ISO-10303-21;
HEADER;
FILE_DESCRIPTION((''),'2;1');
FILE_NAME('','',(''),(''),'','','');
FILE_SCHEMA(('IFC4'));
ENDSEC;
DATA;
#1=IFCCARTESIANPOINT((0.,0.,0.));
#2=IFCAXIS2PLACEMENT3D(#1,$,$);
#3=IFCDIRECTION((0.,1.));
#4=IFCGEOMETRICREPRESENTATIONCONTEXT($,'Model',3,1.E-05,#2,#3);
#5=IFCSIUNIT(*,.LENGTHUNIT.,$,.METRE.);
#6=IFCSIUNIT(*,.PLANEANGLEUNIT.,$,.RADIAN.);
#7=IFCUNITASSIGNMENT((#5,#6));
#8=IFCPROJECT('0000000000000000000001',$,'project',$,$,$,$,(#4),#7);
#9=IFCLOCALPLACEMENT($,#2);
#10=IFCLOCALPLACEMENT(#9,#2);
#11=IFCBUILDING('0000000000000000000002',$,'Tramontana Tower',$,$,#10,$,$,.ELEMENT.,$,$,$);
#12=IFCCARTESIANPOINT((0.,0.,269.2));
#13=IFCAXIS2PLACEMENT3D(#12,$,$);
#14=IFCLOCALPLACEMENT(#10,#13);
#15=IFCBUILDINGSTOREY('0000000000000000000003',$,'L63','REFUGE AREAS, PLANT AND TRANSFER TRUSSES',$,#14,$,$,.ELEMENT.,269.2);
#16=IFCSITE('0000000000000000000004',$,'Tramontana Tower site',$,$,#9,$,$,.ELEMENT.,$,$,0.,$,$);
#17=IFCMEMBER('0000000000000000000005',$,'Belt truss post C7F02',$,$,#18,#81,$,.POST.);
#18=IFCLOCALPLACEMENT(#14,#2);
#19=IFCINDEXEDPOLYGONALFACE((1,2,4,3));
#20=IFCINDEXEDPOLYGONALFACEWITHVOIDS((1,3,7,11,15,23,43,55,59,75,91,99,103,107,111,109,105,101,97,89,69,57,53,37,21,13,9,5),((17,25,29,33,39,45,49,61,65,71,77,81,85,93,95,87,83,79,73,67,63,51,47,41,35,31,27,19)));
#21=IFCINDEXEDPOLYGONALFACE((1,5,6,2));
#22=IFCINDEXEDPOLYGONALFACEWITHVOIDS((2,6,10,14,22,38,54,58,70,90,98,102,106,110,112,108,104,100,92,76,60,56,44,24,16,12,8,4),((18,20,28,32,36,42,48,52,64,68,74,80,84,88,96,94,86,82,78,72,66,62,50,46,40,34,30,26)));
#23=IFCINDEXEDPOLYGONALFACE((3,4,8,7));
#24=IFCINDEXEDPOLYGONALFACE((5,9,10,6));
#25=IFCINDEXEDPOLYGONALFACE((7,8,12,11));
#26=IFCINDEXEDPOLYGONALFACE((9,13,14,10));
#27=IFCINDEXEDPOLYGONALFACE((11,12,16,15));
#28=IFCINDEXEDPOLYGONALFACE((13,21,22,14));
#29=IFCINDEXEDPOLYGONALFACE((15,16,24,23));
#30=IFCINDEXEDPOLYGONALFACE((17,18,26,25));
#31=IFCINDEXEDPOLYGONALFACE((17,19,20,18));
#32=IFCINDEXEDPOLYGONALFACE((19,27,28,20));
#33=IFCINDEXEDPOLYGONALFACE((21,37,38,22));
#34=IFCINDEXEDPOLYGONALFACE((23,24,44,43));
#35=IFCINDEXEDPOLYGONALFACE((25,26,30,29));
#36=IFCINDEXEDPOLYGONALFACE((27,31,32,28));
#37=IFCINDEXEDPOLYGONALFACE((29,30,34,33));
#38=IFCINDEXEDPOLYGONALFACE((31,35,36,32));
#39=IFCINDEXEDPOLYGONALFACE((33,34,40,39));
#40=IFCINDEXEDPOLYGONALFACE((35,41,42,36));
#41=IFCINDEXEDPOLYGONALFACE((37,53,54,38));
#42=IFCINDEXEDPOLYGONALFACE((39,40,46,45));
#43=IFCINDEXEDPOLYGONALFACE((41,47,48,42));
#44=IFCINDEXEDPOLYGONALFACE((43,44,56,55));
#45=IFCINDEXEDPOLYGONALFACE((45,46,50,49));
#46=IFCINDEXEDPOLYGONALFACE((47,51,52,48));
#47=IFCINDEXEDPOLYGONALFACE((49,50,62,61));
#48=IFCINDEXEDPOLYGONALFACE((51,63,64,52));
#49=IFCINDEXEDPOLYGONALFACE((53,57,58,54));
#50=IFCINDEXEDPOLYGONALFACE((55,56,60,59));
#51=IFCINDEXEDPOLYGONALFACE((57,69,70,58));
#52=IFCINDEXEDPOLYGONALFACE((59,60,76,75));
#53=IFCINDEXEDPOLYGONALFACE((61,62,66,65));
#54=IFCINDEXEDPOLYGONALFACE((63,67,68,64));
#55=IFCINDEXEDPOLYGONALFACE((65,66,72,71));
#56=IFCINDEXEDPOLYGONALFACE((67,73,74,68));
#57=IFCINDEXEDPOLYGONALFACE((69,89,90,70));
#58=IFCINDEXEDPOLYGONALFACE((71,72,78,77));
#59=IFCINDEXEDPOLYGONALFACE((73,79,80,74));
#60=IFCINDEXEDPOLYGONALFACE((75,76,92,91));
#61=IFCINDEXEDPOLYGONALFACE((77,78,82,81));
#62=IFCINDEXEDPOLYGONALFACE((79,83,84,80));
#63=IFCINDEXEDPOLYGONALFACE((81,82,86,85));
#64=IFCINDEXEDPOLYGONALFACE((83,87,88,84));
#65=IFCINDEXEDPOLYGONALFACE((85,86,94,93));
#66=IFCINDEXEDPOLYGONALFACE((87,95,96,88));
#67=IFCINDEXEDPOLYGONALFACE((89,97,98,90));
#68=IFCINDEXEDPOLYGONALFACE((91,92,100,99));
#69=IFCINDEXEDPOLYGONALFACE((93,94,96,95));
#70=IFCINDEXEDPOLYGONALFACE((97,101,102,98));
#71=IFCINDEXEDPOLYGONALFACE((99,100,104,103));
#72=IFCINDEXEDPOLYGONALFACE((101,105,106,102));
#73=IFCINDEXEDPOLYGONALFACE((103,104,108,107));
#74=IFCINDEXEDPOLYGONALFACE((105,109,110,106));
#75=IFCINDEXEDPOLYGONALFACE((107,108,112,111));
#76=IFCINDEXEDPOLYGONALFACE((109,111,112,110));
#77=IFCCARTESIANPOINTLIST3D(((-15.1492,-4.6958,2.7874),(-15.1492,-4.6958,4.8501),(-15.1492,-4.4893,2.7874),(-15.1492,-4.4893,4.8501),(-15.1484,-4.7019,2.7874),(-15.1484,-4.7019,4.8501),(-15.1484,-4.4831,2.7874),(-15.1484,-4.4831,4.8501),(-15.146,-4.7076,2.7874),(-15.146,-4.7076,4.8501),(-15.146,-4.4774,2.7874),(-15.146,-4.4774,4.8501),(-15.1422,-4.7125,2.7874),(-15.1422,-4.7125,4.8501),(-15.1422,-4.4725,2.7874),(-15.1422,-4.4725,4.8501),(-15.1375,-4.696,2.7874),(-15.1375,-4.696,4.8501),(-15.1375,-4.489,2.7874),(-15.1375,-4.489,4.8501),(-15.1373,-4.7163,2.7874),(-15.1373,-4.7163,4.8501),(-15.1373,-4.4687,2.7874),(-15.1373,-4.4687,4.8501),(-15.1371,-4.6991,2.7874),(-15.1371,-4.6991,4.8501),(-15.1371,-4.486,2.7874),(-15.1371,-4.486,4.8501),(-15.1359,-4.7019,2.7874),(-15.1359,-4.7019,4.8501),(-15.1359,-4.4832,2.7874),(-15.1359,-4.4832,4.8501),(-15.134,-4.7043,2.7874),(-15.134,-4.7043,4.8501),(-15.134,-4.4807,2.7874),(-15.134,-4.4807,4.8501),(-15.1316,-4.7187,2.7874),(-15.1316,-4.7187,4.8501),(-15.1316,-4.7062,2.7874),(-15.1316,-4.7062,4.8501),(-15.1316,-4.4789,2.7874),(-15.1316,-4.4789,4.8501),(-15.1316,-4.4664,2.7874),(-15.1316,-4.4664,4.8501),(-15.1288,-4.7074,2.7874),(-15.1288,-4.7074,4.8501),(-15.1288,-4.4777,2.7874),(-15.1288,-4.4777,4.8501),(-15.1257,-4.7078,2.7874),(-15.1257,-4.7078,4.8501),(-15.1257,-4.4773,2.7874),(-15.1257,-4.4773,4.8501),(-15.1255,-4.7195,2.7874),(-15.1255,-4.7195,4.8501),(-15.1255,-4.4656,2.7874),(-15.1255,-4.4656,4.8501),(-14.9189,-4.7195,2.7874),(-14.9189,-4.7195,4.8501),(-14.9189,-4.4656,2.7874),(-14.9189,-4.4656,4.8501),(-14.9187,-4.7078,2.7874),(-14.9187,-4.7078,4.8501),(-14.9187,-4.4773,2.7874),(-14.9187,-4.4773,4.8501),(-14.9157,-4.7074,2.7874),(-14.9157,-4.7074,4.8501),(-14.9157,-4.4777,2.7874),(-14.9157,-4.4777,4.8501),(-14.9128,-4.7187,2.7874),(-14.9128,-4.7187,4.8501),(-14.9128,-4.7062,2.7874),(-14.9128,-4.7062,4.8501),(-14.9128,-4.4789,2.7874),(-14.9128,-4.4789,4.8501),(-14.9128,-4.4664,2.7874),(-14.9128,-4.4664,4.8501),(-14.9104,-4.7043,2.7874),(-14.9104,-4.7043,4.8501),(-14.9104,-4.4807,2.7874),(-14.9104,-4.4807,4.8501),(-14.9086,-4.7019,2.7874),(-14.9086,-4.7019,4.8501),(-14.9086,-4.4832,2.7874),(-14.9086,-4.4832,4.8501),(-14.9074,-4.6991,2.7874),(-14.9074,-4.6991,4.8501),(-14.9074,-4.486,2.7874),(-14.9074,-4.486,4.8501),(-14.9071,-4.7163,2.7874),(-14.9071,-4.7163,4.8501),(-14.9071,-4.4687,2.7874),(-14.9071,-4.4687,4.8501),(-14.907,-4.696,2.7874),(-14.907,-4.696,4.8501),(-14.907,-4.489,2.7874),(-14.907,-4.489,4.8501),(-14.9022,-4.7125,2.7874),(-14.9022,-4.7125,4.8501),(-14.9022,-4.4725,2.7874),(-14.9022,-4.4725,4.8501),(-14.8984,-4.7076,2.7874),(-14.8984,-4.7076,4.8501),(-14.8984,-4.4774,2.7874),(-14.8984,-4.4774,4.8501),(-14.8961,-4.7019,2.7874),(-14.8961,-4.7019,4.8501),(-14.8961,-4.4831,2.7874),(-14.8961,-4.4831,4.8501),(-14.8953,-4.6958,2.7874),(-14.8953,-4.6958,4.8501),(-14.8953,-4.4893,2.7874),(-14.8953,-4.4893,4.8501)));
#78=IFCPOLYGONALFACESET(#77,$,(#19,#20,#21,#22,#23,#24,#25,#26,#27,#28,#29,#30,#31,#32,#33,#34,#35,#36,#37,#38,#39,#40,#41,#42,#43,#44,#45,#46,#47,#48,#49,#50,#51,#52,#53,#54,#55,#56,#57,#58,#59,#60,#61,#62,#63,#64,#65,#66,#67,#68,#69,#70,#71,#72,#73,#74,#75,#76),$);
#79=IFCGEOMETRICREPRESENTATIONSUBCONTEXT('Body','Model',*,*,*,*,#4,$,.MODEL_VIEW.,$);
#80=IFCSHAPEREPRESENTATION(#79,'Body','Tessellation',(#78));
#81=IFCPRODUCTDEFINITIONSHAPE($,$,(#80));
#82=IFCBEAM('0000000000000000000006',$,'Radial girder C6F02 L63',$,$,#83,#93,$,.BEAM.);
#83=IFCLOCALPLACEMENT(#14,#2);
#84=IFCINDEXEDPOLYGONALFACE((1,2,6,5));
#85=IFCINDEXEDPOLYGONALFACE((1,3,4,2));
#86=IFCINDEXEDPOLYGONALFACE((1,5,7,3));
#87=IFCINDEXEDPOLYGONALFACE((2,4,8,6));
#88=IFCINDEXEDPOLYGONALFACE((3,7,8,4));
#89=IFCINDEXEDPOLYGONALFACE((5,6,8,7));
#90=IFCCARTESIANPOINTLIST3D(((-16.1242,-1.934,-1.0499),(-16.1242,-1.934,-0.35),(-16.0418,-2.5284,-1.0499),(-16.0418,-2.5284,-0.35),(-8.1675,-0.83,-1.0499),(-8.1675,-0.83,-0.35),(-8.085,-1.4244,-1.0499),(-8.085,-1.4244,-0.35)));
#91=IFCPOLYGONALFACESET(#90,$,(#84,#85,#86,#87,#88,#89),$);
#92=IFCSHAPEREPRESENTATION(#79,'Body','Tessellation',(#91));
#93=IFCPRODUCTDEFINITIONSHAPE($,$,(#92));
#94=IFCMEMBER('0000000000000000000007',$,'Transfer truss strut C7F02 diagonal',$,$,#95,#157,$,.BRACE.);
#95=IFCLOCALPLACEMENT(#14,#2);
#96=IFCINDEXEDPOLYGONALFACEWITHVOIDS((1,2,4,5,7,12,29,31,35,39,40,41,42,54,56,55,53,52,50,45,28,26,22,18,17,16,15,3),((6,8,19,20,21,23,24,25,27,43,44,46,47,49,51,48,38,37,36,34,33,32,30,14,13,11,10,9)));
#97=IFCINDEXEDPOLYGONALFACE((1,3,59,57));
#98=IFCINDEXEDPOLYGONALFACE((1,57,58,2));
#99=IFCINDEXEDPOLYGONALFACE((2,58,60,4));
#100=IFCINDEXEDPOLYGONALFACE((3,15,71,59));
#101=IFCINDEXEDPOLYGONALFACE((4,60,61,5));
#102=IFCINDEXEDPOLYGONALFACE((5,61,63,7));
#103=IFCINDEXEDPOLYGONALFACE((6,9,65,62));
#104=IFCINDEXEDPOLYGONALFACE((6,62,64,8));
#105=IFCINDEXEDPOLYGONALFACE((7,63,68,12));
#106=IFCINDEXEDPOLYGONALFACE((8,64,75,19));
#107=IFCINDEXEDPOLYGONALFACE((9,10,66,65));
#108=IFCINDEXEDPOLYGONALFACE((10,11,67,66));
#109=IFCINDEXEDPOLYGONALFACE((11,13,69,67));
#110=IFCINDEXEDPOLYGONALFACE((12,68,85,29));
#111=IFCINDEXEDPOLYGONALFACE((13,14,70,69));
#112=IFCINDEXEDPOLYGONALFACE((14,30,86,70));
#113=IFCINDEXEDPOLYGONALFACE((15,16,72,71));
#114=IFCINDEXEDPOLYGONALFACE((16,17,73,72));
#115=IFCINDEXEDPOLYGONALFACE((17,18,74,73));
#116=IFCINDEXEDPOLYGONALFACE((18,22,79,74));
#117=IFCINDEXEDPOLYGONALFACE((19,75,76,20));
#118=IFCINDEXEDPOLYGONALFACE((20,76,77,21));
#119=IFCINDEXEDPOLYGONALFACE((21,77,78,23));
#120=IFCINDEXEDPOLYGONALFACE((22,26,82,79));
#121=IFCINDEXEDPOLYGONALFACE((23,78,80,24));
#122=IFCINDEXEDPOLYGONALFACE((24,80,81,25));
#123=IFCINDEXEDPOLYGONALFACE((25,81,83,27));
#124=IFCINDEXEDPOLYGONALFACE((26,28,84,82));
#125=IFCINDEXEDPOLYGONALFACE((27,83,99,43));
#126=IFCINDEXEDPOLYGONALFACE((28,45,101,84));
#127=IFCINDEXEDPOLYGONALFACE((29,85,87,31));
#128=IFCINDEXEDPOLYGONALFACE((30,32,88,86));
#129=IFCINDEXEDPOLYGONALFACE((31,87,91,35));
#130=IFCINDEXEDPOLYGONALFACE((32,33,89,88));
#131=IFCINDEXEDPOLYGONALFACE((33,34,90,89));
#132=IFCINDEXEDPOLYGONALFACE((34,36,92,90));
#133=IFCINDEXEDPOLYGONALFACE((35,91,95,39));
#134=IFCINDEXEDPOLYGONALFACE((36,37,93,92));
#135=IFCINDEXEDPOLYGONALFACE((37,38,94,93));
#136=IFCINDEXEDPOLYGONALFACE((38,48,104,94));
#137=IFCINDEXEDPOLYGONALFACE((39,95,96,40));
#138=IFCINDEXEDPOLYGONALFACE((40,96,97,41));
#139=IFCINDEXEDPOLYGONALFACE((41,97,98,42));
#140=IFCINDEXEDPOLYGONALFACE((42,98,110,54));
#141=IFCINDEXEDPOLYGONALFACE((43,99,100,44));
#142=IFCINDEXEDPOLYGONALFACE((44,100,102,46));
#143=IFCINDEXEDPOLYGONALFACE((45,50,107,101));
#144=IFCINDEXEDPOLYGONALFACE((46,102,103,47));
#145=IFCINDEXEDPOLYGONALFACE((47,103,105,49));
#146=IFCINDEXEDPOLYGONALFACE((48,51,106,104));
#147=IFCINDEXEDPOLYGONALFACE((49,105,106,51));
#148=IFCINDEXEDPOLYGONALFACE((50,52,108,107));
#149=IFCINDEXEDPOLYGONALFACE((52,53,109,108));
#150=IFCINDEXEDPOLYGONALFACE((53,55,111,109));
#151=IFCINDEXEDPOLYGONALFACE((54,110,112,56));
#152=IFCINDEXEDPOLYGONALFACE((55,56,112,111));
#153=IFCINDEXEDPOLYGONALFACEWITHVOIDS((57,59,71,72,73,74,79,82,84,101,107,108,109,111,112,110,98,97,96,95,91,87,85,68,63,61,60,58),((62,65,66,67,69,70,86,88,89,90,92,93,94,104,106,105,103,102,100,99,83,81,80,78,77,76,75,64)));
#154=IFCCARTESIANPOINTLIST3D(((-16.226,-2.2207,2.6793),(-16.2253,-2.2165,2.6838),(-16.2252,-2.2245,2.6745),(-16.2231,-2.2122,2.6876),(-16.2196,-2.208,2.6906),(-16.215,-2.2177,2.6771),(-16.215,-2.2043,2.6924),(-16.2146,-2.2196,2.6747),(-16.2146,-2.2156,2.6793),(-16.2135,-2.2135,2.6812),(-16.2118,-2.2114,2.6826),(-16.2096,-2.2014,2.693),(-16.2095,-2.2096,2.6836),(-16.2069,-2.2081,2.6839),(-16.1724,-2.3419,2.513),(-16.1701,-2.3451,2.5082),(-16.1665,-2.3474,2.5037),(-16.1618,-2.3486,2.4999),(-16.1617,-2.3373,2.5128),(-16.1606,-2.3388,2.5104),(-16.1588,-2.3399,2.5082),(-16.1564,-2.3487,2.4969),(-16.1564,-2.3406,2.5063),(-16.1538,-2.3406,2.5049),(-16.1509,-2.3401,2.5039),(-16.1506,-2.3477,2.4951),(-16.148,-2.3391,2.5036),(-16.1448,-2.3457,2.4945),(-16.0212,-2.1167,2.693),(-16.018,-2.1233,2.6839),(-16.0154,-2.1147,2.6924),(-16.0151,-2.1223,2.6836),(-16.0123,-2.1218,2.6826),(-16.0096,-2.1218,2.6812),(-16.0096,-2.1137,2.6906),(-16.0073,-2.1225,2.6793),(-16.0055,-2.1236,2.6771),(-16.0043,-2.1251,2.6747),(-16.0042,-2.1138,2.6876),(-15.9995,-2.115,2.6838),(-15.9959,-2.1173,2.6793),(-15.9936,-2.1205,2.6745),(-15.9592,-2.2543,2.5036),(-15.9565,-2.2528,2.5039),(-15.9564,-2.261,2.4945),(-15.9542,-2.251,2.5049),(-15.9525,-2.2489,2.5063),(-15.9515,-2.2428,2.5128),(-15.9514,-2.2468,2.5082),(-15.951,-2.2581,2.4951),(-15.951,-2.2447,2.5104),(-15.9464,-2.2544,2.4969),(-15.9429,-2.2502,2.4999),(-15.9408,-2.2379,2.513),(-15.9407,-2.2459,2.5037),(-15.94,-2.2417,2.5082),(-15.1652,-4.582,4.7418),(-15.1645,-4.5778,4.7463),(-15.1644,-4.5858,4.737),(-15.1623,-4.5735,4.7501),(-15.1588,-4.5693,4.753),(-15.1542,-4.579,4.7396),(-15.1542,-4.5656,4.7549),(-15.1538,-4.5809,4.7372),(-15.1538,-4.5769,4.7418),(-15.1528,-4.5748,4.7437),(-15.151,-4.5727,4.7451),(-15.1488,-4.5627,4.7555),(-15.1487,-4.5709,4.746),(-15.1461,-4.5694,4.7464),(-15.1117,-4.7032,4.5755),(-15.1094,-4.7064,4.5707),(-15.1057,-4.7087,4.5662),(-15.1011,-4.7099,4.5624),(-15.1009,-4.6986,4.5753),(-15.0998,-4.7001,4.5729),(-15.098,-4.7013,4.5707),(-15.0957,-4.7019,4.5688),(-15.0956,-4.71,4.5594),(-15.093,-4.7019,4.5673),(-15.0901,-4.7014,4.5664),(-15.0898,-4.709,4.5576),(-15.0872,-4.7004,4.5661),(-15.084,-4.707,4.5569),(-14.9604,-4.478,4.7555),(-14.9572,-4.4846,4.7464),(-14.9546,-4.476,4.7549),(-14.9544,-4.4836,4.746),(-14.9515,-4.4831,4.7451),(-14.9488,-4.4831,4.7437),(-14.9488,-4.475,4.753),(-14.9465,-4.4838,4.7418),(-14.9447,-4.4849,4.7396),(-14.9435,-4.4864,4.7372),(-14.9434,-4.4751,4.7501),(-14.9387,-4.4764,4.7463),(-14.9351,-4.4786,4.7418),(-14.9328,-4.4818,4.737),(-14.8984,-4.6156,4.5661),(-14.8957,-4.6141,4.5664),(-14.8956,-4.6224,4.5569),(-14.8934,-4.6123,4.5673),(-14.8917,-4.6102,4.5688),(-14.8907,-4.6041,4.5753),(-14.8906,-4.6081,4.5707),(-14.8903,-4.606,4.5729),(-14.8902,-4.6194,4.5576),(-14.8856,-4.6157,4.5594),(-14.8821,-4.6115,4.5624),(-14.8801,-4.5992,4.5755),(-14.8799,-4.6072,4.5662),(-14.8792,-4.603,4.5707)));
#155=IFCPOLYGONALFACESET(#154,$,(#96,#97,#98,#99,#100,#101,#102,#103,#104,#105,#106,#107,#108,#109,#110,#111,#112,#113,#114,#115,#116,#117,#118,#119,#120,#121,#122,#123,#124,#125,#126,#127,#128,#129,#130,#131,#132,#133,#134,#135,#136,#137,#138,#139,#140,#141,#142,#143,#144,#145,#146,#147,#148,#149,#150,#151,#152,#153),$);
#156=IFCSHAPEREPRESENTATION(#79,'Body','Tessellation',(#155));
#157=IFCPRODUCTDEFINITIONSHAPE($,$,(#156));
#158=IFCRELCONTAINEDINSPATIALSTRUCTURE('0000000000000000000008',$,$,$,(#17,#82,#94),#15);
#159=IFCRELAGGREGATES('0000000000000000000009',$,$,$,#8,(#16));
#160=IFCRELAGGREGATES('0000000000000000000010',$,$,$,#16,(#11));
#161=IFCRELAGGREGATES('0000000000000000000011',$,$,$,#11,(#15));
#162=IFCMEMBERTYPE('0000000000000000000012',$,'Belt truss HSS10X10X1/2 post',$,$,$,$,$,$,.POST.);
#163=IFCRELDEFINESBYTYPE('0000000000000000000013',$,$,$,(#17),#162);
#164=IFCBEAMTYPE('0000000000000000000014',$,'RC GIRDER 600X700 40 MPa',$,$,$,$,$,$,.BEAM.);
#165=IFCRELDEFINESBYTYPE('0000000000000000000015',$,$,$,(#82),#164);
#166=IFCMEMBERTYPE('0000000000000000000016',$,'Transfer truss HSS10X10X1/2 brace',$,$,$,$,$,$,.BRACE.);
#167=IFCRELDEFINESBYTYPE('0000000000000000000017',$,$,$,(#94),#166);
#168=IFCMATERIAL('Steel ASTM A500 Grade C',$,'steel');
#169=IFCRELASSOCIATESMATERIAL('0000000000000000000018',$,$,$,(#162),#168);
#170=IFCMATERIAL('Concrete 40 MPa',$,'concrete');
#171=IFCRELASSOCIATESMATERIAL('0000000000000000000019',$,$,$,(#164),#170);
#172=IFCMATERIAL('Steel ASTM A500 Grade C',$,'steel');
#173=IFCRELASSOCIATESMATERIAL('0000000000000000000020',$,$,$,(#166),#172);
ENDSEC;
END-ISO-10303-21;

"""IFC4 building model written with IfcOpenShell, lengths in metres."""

from ifc_helpers import new_model, si_unit, direction, frame, origin, origin_2d, place, context, subcontext, project, spatial, rectangle, hollow_rectangle, extrude, material, material_profile, profile_set, type_object, element, save


model = new_model("IFC4")

# Units and contexts
model_context = context("Model", 3, precision=1e-05, world=origin(), true_north=direction((0.0, 1.0)))
body_context = subcontext(model_context, "Body", "Model", "MODEL_VIEW")
ifc_project = project(units=[si_unit("LENGTHUNIT", "METRE"), si_unit("PLANEANGLEUNIT", "RADIAN")], contexts=[model_context])

# Site, building, storey
site_placement = place(None, origin())
site = spatial("IfcSite", under=ifc_project, at=site_placement, Name="Tramontana Tower site", CompositionType="ELEMENT", RefElevation=0.0)
building_placement = place(site_placement, origin())
building = spatial("IfcBuilding", under=site, at=building_placement, Name="Tramontana Tower", CompositionType="ELEMENT")
storey_placement = place(building_placement, frame((0.0, 0.0, 269.2)))
storey = spatial("IfcBuildingStorey", under=building, at=storey_placement, Name="L63", Description="REFUGE AREAS, PLANT AND TRANSFER TRUSSES", CompositionType="ELEMENT", Elevation=269.2)

# Member
ifc_material_1 = material(Name="Steel ASTM A500 Grade C", Category="steel")
ifc_material_profile_1 = material_profile(ifc_material_1, hollow_rectangle(XDim=0.2539, YDim=0.2539, WallThickness=0.0117, InnerFilletRadius=0.0117, OuterFilletRadius=0.0237, at=origin_2d()), Name="HSS10X10X1/2")
ifc_profile_set_1 = profile_set([ifc_material_profile_1], Name="Steel ASTM A500 Grade C")
member_type_1 = type_object("IfcMemberType", Name="Belt truss HSS10X10X1/2 post", PredefinedType="POST", material=ifc_profile_set_1)
for number, where, z_axis, x_axis, name in (
    (1, (-15.0222, -4.5925, 2.7874), (0.0, 0.0, 1.0), (1.0, 0.0, 0.0), "Belt truss post C7F02"),
):
    element("IfcMember", number, at=place(storey_placement, frame(where, z_axis=z_axis, x_axis=x_axis)), inside=storey, type_object=member_type_1, Name=name, PredefinedType="POST", context=body_context, shape_type="SweptSolid", body=[
        extrude(hollow_rectangle(XDim=0.2539, YDim=0.2539, WallThickness=0.0117, InnerFilletRadius=0.0117, OuterFilletRadius=0.0237, at=origin_2d()), origin(), (0.0, 0.0, 1.0), 2.0627),
    ])

# Beam
ifc_material_2 = material(Name="Concrete 40 MPa", Category="concrete")
ifc_material_profile_2 = material_profile(ifc_material_2, rectangle(XDim=0.6001, YDim=0.7, at=origin_2d()), Name="RC GIRDER 600X700 40 MPa")
ifc_profile_set_2 = profile_set([ifc_material_profile_2], Name="Concrete 40 MPa")
beam_type = type_object("IfcBeamType", Name="RC GIRDER 600X700 40 MPa", PredefinedType="BEAM", material=ifc_profile_set_2)
beam_placement = place(storey_placement, frame((-16.083, -2.2312, -0.7), z_axis=(0.990511, 0.137433, 0.0), x_axis=(-0.137433, 0.990511, 0.0)))
element("IfcBeam", 2, at=beam_placement, inside=storey, type_object=beam_type, Name="Radial girder C6F02 L63", PredefinedType="BEAM", context=body_context, shape_type="SweptSolid", body=[
    extrude(rectangle(XDim=0.6001, YDim=0.7, at=origin_2d()), origin(), (0.0, 0.0, 1.0), 8.033),
])

# Member
ifc_material_3 = material(Name="Steel ASTM A500 Grade C", Category="steel")
ifc_material_profile_3 = material_profile(ifc_material_3, hollow_rectangle(XDim=0.2539, YDim=0.2539, WallThickness=0.0117, InnerFilletRadius=0.0117, OuterFilletRadius=0.0237, at=origin_2d()), Name="HSS10X10X1/2")
ifc_profile_set_3 = profile_set([ifc_material_profile_3], Name="Steel ASTM A500 Grade C")
member_type_2 = type_object("IfcMemberType", Name="Transfer truss HSS10X10X1/2 brace", PredefinedType="BRACE", material=ifc_profile_set_3)
member_1_placement = place(storey_placement, frame((-16.083, -2.2312, 2.5938), z_axis=(0.320496, -0.713426, 0.623142), x_axis=(0.912182, 0.409784, 0.0)))
element("IfcMember", 3, at=member_1_placement, inside=storey, type_object=member_type_2, Name="Transfer truss strut C7F02 diagonal", PredefinedType="BRACE", context=body_context, shape_type="SweptSolid", body=[
    extrude(hollow_rectangle(XDim=0.2539, YDim=0.2539, WallThickness=0.0117, InnerFilletRadius=0.0117, OuterFilletRadius=0.0237, at=origin_2d()), origin(), (0.0, 0.0, 1.0), 3.3098),
])

save(model, "model.ifc")
